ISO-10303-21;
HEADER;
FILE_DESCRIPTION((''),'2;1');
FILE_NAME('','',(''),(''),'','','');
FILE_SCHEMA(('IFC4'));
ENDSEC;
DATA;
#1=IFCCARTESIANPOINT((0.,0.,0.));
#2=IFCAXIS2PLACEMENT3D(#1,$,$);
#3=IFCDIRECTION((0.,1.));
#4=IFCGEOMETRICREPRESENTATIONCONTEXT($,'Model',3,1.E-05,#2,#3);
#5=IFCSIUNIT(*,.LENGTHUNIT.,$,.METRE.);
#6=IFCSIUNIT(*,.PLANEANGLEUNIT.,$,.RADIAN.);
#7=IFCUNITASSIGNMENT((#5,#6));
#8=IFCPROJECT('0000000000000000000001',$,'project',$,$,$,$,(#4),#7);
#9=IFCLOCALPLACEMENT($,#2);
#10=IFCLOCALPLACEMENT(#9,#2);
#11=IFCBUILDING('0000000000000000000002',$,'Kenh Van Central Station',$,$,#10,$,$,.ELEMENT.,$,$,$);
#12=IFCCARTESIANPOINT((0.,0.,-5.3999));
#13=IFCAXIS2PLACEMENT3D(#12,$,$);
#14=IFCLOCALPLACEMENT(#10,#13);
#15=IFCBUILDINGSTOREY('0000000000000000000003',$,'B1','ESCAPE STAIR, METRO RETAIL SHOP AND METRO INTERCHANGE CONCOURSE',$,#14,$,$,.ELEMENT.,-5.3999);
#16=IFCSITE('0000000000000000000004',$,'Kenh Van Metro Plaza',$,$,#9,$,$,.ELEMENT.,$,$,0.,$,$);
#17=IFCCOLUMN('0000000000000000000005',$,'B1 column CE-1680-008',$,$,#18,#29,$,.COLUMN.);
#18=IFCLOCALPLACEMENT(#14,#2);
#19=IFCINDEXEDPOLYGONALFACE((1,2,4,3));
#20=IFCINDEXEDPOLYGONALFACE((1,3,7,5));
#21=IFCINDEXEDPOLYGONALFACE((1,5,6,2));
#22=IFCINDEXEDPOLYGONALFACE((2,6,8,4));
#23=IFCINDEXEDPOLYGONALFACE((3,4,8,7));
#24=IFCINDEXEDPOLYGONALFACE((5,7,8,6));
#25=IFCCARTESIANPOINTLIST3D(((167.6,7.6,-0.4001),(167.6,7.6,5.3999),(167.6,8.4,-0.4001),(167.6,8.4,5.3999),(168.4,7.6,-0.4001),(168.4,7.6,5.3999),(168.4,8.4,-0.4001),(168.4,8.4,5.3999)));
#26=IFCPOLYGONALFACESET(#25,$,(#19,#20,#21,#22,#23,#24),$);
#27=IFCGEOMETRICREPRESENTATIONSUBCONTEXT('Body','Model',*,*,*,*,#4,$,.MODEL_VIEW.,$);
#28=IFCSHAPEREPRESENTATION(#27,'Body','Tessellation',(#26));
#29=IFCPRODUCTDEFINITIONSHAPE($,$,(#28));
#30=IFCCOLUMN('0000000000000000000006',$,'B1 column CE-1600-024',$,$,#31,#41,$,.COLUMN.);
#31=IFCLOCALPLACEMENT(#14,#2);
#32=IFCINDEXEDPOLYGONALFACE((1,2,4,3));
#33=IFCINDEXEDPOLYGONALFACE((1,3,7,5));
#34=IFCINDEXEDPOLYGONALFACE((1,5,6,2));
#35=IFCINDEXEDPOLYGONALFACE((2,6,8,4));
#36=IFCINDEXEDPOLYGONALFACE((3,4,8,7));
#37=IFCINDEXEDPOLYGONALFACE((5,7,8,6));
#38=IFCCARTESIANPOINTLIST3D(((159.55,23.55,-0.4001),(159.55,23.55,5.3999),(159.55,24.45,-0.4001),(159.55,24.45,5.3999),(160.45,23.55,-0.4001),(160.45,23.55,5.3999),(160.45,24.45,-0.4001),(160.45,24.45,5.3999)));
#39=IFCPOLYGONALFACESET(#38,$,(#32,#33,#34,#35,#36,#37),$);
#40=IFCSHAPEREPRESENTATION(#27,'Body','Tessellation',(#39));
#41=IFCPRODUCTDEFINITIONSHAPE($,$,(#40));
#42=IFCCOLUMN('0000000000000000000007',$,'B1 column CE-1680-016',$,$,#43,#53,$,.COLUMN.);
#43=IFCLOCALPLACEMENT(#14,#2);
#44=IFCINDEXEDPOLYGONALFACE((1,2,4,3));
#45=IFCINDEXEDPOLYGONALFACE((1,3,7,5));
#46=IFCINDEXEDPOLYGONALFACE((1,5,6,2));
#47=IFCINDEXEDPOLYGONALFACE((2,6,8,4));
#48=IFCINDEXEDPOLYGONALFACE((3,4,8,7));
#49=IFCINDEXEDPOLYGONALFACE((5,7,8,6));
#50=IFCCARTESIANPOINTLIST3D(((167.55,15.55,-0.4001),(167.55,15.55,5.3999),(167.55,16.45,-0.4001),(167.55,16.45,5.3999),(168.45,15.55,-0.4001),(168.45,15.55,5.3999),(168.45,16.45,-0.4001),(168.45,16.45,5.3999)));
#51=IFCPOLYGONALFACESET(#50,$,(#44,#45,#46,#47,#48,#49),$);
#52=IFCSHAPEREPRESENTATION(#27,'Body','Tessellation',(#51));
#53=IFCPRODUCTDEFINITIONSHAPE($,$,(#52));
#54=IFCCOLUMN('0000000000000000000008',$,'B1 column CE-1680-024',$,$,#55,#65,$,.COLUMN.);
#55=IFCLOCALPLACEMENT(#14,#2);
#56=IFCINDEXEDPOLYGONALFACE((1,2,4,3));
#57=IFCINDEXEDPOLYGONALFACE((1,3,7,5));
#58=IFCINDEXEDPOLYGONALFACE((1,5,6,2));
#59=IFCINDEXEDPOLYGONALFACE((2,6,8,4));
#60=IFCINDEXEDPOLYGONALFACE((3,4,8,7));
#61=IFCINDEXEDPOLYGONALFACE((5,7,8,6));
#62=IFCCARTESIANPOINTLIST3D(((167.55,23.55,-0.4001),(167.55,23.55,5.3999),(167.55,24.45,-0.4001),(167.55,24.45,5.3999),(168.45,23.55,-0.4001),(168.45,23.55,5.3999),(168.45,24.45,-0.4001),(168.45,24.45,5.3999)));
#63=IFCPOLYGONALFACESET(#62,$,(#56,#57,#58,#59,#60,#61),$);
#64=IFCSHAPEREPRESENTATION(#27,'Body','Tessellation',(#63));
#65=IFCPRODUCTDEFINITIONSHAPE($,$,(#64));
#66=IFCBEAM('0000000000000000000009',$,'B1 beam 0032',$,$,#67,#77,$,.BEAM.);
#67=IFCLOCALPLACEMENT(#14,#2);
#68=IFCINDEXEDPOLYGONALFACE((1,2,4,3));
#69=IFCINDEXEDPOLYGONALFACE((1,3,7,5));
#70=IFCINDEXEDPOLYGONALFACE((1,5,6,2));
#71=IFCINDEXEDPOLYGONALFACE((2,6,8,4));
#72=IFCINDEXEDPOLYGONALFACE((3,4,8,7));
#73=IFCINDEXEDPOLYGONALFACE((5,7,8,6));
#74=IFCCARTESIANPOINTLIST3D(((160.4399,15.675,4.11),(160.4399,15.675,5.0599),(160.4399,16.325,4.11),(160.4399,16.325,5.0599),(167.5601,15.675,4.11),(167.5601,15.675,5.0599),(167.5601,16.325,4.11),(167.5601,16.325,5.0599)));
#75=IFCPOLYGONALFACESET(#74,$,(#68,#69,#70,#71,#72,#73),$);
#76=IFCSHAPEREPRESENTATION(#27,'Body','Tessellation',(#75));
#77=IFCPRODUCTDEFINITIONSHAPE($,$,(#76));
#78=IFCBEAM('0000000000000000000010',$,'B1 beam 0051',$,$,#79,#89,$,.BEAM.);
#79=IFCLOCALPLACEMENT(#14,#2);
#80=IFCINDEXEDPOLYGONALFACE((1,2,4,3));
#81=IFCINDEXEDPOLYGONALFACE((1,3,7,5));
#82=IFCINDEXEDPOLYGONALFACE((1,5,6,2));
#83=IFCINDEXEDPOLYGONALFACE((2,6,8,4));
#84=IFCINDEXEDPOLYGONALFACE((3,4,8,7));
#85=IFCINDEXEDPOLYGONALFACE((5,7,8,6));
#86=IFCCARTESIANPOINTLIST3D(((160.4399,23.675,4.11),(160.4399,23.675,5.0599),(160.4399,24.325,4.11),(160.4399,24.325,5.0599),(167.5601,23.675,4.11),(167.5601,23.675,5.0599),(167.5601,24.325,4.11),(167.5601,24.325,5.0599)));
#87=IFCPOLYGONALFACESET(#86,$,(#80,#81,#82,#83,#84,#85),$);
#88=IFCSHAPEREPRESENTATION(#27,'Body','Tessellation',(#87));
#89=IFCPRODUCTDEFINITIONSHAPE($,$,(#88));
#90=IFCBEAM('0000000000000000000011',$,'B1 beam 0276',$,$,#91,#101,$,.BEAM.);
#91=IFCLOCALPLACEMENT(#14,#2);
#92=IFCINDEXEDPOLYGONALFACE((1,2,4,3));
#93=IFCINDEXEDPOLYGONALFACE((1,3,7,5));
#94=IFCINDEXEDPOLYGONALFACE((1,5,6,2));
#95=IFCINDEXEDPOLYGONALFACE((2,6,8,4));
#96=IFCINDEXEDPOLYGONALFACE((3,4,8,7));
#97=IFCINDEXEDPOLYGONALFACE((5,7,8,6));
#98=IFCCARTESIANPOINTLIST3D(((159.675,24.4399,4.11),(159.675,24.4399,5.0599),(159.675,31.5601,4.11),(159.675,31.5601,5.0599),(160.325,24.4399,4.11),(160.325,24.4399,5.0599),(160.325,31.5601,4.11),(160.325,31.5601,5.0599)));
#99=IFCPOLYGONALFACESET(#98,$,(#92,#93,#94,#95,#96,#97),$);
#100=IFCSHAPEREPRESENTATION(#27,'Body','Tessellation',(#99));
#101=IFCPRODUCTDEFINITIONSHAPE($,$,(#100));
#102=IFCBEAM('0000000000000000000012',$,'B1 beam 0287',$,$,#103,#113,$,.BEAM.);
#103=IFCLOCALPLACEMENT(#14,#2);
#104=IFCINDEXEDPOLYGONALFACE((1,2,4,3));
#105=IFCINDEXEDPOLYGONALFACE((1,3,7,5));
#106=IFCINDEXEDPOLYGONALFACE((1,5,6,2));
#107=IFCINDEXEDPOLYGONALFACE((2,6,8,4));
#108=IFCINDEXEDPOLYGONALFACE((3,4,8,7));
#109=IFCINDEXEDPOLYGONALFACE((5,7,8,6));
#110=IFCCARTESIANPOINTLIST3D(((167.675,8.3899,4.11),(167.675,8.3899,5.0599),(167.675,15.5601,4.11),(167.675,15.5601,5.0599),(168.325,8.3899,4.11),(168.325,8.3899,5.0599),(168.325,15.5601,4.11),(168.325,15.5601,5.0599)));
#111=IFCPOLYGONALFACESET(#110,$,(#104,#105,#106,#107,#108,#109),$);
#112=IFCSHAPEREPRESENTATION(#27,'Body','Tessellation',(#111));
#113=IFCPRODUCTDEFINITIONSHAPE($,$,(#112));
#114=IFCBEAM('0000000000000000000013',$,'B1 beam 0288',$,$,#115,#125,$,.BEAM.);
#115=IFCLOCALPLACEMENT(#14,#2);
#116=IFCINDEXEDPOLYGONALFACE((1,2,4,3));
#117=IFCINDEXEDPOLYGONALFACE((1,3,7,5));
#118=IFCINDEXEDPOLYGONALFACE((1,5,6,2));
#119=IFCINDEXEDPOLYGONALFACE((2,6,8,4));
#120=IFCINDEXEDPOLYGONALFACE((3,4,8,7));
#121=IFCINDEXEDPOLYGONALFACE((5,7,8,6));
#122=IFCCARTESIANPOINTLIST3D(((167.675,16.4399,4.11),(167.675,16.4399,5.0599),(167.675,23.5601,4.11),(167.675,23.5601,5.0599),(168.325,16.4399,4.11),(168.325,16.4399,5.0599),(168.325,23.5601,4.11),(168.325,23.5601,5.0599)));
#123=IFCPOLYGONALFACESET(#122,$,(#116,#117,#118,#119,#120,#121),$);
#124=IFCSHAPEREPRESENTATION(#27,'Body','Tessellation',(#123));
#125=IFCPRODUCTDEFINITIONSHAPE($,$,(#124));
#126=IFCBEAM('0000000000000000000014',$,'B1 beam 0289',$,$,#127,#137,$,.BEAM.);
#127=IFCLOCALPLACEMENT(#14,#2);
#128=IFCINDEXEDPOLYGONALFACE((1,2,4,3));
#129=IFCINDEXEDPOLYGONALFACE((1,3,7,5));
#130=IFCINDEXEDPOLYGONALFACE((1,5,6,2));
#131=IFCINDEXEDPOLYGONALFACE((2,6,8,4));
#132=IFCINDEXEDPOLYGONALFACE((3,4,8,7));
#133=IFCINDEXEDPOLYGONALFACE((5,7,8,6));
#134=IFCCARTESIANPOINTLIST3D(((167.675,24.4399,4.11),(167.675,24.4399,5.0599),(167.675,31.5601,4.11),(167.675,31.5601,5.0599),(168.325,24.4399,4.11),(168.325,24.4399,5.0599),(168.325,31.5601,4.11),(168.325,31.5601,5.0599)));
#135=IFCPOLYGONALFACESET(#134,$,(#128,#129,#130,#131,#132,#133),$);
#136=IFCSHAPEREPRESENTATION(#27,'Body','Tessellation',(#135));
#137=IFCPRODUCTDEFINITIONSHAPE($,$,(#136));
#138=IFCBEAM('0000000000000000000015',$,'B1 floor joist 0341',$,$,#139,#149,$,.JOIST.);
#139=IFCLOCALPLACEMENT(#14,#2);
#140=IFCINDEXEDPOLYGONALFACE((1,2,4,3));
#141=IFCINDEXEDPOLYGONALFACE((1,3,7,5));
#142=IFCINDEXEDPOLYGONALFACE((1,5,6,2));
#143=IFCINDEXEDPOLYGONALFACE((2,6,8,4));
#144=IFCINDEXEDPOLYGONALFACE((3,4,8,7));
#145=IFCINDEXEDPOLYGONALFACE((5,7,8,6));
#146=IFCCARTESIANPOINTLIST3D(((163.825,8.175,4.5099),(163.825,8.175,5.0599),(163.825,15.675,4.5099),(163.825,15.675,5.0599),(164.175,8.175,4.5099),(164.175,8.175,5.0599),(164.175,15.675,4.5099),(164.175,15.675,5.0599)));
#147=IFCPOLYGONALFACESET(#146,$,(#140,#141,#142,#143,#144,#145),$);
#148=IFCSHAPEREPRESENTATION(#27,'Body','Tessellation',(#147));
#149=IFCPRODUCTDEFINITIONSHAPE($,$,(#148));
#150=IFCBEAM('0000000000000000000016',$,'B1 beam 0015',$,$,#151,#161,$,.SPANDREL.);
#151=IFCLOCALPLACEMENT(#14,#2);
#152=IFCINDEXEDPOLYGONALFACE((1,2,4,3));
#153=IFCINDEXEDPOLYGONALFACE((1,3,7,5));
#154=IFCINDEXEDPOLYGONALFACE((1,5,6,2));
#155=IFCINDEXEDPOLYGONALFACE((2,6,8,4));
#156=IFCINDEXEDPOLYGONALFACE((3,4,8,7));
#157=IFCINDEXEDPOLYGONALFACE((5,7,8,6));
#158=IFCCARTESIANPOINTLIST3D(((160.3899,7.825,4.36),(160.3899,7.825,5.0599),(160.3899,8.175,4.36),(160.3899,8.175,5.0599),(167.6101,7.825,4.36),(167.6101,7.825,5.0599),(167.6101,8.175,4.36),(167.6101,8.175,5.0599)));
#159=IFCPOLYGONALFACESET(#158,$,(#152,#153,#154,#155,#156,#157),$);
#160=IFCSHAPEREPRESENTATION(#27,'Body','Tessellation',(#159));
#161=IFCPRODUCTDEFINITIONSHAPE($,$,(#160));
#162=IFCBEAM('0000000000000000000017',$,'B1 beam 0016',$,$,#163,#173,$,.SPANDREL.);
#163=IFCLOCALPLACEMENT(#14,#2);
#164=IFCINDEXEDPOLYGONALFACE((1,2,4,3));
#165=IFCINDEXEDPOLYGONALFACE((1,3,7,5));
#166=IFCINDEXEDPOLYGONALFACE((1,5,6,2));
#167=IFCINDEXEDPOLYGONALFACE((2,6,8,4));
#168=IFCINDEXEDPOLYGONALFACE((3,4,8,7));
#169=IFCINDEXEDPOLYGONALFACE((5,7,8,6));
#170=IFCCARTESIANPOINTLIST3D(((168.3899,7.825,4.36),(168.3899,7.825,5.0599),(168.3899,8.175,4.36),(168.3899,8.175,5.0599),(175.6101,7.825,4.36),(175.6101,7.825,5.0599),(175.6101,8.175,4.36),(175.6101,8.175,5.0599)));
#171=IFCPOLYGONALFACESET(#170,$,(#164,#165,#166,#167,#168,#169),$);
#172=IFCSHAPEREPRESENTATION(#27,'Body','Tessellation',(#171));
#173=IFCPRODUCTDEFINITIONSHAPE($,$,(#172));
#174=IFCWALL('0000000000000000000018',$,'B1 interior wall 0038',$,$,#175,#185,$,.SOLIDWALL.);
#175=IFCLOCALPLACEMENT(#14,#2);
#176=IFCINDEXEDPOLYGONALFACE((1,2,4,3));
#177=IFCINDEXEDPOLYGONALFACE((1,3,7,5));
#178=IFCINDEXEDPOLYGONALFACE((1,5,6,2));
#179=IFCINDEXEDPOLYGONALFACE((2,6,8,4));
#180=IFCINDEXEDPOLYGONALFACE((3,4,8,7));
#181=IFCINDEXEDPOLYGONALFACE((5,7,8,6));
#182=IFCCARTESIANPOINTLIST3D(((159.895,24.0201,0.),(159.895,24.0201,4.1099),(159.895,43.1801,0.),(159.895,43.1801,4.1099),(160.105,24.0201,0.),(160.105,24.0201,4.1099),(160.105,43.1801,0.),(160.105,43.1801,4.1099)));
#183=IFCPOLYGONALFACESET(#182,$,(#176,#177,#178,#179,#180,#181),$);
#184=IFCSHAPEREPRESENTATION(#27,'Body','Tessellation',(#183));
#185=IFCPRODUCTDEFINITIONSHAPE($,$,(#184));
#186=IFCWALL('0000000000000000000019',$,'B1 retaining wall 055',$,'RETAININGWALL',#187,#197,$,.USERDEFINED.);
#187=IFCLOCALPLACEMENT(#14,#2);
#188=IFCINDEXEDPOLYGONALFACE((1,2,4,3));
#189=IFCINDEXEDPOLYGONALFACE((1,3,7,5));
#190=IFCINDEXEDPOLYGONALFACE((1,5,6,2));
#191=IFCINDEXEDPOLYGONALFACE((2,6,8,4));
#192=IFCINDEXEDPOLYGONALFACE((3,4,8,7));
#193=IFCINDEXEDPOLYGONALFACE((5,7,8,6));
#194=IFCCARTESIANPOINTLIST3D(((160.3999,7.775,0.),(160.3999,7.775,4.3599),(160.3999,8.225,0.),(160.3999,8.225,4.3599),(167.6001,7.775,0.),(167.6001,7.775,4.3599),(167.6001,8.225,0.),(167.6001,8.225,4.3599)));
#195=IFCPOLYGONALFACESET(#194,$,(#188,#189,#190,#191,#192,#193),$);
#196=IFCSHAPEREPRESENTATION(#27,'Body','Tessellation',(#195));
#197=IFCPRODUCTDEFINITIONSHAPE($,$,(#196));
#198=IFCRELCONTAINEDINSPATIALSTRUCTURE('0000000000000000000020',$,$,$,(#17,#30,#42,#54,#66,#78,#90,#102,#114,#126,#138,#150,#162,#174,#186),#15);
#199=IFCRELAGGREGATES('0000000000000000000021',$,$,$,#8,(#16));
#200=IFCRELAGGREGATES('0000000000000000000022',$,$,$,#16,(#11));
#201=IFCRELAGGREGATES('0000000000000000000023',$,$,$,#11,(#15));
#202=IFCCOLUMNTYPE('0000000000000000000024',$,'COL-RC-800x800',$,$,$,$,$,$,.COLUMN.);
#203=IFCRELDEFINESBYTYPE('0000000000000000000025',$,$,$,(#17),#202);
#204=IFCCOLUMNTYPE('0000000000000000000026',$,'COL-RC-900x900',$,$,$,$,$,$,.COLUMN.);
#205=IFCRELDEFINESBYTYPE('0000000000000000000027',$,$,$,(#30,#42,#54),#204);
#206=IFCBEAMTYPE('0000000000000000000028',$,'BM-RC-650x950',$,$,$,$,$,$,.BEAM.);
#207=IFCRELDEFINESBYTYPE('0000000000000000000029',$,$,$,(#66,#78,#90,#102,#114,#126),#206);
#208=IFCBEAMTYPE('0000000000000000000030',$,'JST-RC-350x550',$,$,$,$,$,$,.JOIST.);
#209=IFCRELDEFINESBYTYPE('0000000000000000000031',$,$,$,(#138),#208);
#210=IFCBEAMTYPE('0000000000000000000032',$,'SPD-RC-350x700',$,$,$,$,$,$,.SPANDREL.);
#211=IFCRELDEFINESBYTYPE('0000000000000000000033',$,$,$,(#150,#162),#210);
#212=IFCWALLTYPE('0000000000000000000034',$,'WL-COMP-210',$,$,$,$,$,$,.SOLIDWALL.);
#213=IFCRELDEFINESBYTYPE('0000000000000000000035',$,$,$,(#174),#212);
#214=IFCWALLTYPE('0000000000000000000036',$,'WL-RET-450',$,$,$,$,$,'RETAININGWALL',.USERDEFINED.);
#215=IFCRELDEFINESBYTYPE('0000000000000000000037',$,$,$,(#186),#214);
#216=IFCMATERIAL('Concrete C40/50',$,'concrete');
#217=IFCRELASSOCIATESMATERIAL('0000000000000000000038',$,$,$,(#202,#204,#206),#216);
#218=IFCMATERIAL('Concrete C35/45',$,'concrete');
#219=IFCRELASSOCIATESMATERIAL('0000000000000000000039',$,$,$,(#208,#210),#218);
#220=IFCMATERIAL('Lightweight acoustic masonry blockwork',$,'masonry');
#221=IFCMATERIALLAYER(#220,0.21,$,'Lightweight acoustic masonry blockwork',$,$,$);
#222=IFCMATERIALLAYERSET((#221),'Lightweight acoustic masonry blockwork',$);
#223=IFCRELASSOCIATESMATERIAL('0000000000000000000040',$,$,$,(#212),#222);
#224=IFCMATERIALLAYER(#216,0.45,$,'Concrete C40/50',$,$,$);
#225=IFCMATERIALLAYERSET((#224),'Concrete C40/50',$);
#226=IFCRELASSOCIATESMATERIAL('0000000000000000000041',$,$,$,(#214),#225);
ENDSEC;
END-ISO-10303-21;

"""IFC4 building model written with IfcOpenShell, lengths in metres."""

from ifc_helpers import new_model, si_unit, direction, frame, frame_2d, origin, origin_2d, place, context, subcontext, project, spatial, rectangle, extrude, material, layer, layer_set, material_profile, profile_set, type_object, element, save


model = new_model("IFC4")

# Units and contexts
model_context = context("Model", 3, precision=1e-05, world=origin(), true_north=direction((0.0, 1.0)))
body_context = subcontext(model_context, "Body", "Model", "MODEL_VIEW")
ifc_project = project(units=[si_unit("LENGTHUNIT", "METRE"), si_unit("PLANEANGLEUNIT", "RADIAN")], contexts=[model_context])

# Site, building, storey
site_placement = place(None, origin())
site = spatial("IfcSite", under=ifc_project, at=site_placement, Name="Kenh Van Metro Plaza", CompositionType="ELEMENT", RefElevation=0.0)
building_placement = place(site_placement, origin())
building = spatial("IfcBuilding", under=site, at=building_placement, Name="Kenh Van Central Station", CompositionType="ELEMENT")
storey_placement = place(building_placement, frame((0.0, 0.0, -5.3999)))
storey = spatial("IfcBuildingStorey", under=building, at=storey_placement, Name="B1", Description="ESCAPE STAIR, METRO RETAIL SHOP AND METRO INTERCHANGE CONCOURSE", CompositionType="ELEMENT", Elevation=-5.3999)

# Shared definitions
ifc_material_1 = material(Name="Concrete C40/50", Category="concrete")

# Columns
ifc_material_profile_1 = material_profile(ifc_material_1, rectangle(XDim=0.8, YDim=0.8, at=origin_2d()), Name="RC 800x800")
ifc_profile_set_1 = profile_set([ifc_material_profile_1], Name="Concrete C40/50")
column_type_1 = type_object("IfcColumnType", Name="COL-RC-800x800", PredefinedType="COLUMN", material=ifc_profile_set_1)
column_placement = place(storey_placement, frame((168.0, 8.0, -0.4001), z_axis=(0.0, 0.0, 1.0), x_axis=(1.0, 0.0, 0.0)))
element("IfcColumn", 1, at=column_placement, inside=storey, type_object=column_type_1, Name="B1 column CE-1680-008", PredefinedType="COLUMN", context=body_context, shape_type="SweptSolid", body=[
    extrude(rectangle(XDim=0.8, YDim=0.8, at=origin_2d()), origin(), (0.0, 0.0, 1.0), 5.8),
])
ifc_material_profile_2 = material_profile(ifc_material_1, rectangle(XDim=0.8999, YDim=0.8999, at=origin_2d()), Name="RC 900x900")
ifc_profile_set_2 = profile_set([ifc_material_profile_2], Name="Concrete C40/50")
column_type_2 = type_object("IfcColumnType", Name="COL-RC-900x900", PredefinedType="COLUMN", material=ifc_profile_set_2)
for number, where, z_axis, x_axis, name in (
    (2, (160.0, 24.0, -0.4001), (0.0, 0.0, 1.0), (1.0, 0.0, 0.0), "B1 column CE-1600-024"),
    (3, (168.0, 16.0, -0.4001), (0.0, 0.0, 1.0), (1.0, 0.0, 0.0), "B1 column CE-1680-016"),
    (4, (168.0, 24.0, -0.4001), (0.0, 0.0, 1.0), (1.0, 0.0, 0.0), "B1 column CE-1680-024"),
):
    element("IfcColumn", number, at=place(storey_placement, frame(where, z_axis=z_axis, x_axis=x_axis)), inside=storey, type_object=column_type_2, Name=name, PredefinedType="COLUMN", context=body_context, shape_type="SweptSolid", body=[
        extrude(rectangle(XDim=0.8999, YDim=0.8999, at=origin_2d()), origin(), (0.0, 0.0, 1.0), 5.8),
    ])

# Beams
ifc_material_profile_3 = material_profile(ifc_material_1, rectangle(XDim=0.6499, YDim=0.95, at=origin_2d()), Name="RC 650x950")
ifc_profile_set_3 = profile_set([ifc_material_profile_3], Name="Concrete C40/50")
beam_type_1 = type_object("IfcBeamType", Name="BM-RC-650x950", PredefinedType="BEAM", material=ifc_profile_set_3)
for number, where, z_axis, x_axis, name in (
    (5, (160.4399, 16.0, 4.585), (1.0, 0.0, 0.0), (0.0, 1.0, 0.0), "B1 beam 0032"),
    (6, (160.4399, 24.0, 4.585), (1.0, 0.0, 0.0), (0.0, 1.0, 0.0), "B1 beam 0051"),
    (7, (160.0, 24.4399, 4.585), (0.0, 1.0, 0.0), (-1.0, 0.0, 0.0), "B1 beam 0276"),
):
    element("IfcBeam", number, at=place(storey_placement, frame(where, z_axis=z_axis, x_axis=x_axis)), inside=storey, type_object=beam_type_1, Name=name, PredefinedType="BEAM", context=body_context, shape_type="SweptSolid", body=[
        extrude(rectangle(XDim=0.6499, YDim=0.95, at=origin_2d()), origin(), (0.0, 0.0, 1.0), 7.1201),
    ])
beam_1_placement = place(storey_placement, frame((168.0, 8.3899, 4.585), z_axis=(0.0, 1.0, 0.0), x_axis=(-1.0, 0.0, 0.0)))
element("IfcBeam", 8, at=beam_1_placement, inside=storey, type_object=beam_type_1, Name="B1 beam 0287", PredefinedType="BEAM", context=body_context, shape_type="SweptSolid", body=[
    extrude(rectangle(XDim=0.6499, YDim=0.95, at=origin_2d()), origin(), (0.0, 0.0, 1.0), 7.1702),
])
for number, where, z_axis, x_axis, name in (
    (9, (168.0, 16.4399, 4.585), (0.0, 1.0, 0.0), (-1.0, 0.0, 0.0), "B1 beam 0288"),
    (10, (168.0, 24.4399, 4.585), (0.0, 1.0, 0.0), (-1.0, 0.0, 0.0), "B1 beam 0289"),
):
    element("IfcBeam", number, at=place(storey_placement, frame(where, z_axis=z_axis, x_axis=x_axis)), inside=storey, type_object=beam_type_1, Name=name, PredefinedType="BEAM", context=body_context, shape_type="SweptSolid", body=[
        extrude(rectangle(XDim=0.6499, YDim=0.95, at=origin_2d()), origin(), (0.0, 0.0, 1.0), 7.1201),
    ])
ifc_material_2 = material(Name="Concrete C35/45", Category="concrete")
ifc_material_profile_4 = material_profile(ifc_material_2, rectangle(XDim=0.3501, YDim=0.55, at=origin_2d()), Name="RC 350x550")
ifc_profile_set_4 = profile_set([ifc_material_profile_4], Name="Concrete C35/45")
beam_type_2 = type_object("IfcBeamType", Name="JST-RC-350x550", PredefinedType="JOIST", material=ifc_profile_set_4)
beam_2_placement = place(storey_placement, frame((164.0, 8.175, 4.7849), z_axis=(0.0, 1.0, 0.0), x_axis=(-1.0, 0.0, 0.0)))
element("IfcBeam", 11, at=beam_2_placement, inside=storey, type_object=beam_type_2, Name="B1 floor joist 0341", PredefinedType="JOIST", context=body_context, shape_type="SweptSolid", body=[
    extrude(rectangle(XDim=0.3501, YDim=0.55, at=origin_2d()), origin(), (0.0, 0.0, 1.0), 7.5),
])
ifc_material_profile_5 = material_profile(ifc_material_2, rectangle(XDim=0.3501, YDim=0.7, at=origin_2d()), Name="RC 350x700")
ifc_profile_set_5 = profile_set([ifc_material_profile_5], Name="Concrete C35/45")
beam_type_3 = type_object("IfcBeamType", Name="SPD-RC-350x700", PredefinedType="SPANDREL", material=ifc_profile_set_5)
for number, where, z_axis, x_axis, name in (
    (12, (160.3899, 8.0, 4.71), (1.0, 0.0, 0.0), (0.0, 1.0, 0.0), "B1 beam 0015"),
    (13, (168.3899, 8.0, 4.71), (1.0, 0.0, 0.0), (0.0, 1.0, 0.0), "B1 beam 0016"),
):
    element("IfcBeam", number, at=place(storey_placement, frame(where, z_axis=z_axis, x_axis=x_axis)), inside=storey, type_object=beam_type_3, Name=name, PredefinedType="SPANDREL", context=body_context, shape_type="SweptSolid", body=[
        extrude(rectangle(XDim=0.3501, YDim=0.7, at=origin_2d()), origin(), (0.0, 0.0, 1.0), 7.2202),
    ])

# Walls
ifc_material_3 = material(Name="Lightweight acoustic masonry blockwork", Category="masonry")
ifc_layer_1 = layer(ifc_material_3, 0.21, Name="Lightweight acoustic masonry blockwork")
ifc_layer_set_1 = layer_set([ifc_layer_1], Name="Lightweight acoustic masonry blockwork")
wall_type_1 = type_object("IfcWallType", Name="WL-COMP-210", PredefinedType="SOLIDWALL", material=ifc_layer_set_1)
wall_1_placement = place(storey_placement, frame((160.0, 24.02, 0.0), z_axis=(0.0, 0.0, 1.0), x_axis=(0.0, 1.0, 0.0)))
element("IfcWall", 14, at=wall_1_placement, inside=storey, type_object=wall_type_1, Name="B1 interior wall 0038", PredefinedType="SOLIDWALL", context=body_context, shape_type="SweptSolid", body=[
    extrude(rectangle(XDim=19.1599, YDim=0.21, at=frame_2d((9.5801, 0.0))), origin(), (0.0, 0.0, 1.0), 4.1099),
])
ifc_layer_2 = layer(ifc_material_1, 0.45, Name="Concrete C40/50")
ifc_layer_set_2 = layer_set([ifc_layer_2], Name="Concrete C40/50")
wall_type_2 = type_object("IfcWallType", Name="WL-RET-450", ElementType="RETAININGWALL", PredefinedType="USERDEFINED", material=ifc_layer_set_2)
wall_2_placement = place(storey_placement, frame((160.3999, 8.0, 0.0), z_axis=(0.0, 0.0, 1.0), x_axis=(1.0, 0.0, 0.0)))
element("IfcWall", 15, at=wall_2_placement, inside=storey, type_object=wall_type_2, Name="B1 retaining wall 055", ObjectType="RETAININGWALL", PredefinedType="USERDEFINED", context=body_context, shape_type="SweptSolid", body=[
    extrude(rectangle(XDim=7.2002, YDim=0.45, at=frame_2d((3.6001, 0.0))), origin(), (0.0, 0.0, 1.0), 4.3599),
])

save(model, "model.ifc")
